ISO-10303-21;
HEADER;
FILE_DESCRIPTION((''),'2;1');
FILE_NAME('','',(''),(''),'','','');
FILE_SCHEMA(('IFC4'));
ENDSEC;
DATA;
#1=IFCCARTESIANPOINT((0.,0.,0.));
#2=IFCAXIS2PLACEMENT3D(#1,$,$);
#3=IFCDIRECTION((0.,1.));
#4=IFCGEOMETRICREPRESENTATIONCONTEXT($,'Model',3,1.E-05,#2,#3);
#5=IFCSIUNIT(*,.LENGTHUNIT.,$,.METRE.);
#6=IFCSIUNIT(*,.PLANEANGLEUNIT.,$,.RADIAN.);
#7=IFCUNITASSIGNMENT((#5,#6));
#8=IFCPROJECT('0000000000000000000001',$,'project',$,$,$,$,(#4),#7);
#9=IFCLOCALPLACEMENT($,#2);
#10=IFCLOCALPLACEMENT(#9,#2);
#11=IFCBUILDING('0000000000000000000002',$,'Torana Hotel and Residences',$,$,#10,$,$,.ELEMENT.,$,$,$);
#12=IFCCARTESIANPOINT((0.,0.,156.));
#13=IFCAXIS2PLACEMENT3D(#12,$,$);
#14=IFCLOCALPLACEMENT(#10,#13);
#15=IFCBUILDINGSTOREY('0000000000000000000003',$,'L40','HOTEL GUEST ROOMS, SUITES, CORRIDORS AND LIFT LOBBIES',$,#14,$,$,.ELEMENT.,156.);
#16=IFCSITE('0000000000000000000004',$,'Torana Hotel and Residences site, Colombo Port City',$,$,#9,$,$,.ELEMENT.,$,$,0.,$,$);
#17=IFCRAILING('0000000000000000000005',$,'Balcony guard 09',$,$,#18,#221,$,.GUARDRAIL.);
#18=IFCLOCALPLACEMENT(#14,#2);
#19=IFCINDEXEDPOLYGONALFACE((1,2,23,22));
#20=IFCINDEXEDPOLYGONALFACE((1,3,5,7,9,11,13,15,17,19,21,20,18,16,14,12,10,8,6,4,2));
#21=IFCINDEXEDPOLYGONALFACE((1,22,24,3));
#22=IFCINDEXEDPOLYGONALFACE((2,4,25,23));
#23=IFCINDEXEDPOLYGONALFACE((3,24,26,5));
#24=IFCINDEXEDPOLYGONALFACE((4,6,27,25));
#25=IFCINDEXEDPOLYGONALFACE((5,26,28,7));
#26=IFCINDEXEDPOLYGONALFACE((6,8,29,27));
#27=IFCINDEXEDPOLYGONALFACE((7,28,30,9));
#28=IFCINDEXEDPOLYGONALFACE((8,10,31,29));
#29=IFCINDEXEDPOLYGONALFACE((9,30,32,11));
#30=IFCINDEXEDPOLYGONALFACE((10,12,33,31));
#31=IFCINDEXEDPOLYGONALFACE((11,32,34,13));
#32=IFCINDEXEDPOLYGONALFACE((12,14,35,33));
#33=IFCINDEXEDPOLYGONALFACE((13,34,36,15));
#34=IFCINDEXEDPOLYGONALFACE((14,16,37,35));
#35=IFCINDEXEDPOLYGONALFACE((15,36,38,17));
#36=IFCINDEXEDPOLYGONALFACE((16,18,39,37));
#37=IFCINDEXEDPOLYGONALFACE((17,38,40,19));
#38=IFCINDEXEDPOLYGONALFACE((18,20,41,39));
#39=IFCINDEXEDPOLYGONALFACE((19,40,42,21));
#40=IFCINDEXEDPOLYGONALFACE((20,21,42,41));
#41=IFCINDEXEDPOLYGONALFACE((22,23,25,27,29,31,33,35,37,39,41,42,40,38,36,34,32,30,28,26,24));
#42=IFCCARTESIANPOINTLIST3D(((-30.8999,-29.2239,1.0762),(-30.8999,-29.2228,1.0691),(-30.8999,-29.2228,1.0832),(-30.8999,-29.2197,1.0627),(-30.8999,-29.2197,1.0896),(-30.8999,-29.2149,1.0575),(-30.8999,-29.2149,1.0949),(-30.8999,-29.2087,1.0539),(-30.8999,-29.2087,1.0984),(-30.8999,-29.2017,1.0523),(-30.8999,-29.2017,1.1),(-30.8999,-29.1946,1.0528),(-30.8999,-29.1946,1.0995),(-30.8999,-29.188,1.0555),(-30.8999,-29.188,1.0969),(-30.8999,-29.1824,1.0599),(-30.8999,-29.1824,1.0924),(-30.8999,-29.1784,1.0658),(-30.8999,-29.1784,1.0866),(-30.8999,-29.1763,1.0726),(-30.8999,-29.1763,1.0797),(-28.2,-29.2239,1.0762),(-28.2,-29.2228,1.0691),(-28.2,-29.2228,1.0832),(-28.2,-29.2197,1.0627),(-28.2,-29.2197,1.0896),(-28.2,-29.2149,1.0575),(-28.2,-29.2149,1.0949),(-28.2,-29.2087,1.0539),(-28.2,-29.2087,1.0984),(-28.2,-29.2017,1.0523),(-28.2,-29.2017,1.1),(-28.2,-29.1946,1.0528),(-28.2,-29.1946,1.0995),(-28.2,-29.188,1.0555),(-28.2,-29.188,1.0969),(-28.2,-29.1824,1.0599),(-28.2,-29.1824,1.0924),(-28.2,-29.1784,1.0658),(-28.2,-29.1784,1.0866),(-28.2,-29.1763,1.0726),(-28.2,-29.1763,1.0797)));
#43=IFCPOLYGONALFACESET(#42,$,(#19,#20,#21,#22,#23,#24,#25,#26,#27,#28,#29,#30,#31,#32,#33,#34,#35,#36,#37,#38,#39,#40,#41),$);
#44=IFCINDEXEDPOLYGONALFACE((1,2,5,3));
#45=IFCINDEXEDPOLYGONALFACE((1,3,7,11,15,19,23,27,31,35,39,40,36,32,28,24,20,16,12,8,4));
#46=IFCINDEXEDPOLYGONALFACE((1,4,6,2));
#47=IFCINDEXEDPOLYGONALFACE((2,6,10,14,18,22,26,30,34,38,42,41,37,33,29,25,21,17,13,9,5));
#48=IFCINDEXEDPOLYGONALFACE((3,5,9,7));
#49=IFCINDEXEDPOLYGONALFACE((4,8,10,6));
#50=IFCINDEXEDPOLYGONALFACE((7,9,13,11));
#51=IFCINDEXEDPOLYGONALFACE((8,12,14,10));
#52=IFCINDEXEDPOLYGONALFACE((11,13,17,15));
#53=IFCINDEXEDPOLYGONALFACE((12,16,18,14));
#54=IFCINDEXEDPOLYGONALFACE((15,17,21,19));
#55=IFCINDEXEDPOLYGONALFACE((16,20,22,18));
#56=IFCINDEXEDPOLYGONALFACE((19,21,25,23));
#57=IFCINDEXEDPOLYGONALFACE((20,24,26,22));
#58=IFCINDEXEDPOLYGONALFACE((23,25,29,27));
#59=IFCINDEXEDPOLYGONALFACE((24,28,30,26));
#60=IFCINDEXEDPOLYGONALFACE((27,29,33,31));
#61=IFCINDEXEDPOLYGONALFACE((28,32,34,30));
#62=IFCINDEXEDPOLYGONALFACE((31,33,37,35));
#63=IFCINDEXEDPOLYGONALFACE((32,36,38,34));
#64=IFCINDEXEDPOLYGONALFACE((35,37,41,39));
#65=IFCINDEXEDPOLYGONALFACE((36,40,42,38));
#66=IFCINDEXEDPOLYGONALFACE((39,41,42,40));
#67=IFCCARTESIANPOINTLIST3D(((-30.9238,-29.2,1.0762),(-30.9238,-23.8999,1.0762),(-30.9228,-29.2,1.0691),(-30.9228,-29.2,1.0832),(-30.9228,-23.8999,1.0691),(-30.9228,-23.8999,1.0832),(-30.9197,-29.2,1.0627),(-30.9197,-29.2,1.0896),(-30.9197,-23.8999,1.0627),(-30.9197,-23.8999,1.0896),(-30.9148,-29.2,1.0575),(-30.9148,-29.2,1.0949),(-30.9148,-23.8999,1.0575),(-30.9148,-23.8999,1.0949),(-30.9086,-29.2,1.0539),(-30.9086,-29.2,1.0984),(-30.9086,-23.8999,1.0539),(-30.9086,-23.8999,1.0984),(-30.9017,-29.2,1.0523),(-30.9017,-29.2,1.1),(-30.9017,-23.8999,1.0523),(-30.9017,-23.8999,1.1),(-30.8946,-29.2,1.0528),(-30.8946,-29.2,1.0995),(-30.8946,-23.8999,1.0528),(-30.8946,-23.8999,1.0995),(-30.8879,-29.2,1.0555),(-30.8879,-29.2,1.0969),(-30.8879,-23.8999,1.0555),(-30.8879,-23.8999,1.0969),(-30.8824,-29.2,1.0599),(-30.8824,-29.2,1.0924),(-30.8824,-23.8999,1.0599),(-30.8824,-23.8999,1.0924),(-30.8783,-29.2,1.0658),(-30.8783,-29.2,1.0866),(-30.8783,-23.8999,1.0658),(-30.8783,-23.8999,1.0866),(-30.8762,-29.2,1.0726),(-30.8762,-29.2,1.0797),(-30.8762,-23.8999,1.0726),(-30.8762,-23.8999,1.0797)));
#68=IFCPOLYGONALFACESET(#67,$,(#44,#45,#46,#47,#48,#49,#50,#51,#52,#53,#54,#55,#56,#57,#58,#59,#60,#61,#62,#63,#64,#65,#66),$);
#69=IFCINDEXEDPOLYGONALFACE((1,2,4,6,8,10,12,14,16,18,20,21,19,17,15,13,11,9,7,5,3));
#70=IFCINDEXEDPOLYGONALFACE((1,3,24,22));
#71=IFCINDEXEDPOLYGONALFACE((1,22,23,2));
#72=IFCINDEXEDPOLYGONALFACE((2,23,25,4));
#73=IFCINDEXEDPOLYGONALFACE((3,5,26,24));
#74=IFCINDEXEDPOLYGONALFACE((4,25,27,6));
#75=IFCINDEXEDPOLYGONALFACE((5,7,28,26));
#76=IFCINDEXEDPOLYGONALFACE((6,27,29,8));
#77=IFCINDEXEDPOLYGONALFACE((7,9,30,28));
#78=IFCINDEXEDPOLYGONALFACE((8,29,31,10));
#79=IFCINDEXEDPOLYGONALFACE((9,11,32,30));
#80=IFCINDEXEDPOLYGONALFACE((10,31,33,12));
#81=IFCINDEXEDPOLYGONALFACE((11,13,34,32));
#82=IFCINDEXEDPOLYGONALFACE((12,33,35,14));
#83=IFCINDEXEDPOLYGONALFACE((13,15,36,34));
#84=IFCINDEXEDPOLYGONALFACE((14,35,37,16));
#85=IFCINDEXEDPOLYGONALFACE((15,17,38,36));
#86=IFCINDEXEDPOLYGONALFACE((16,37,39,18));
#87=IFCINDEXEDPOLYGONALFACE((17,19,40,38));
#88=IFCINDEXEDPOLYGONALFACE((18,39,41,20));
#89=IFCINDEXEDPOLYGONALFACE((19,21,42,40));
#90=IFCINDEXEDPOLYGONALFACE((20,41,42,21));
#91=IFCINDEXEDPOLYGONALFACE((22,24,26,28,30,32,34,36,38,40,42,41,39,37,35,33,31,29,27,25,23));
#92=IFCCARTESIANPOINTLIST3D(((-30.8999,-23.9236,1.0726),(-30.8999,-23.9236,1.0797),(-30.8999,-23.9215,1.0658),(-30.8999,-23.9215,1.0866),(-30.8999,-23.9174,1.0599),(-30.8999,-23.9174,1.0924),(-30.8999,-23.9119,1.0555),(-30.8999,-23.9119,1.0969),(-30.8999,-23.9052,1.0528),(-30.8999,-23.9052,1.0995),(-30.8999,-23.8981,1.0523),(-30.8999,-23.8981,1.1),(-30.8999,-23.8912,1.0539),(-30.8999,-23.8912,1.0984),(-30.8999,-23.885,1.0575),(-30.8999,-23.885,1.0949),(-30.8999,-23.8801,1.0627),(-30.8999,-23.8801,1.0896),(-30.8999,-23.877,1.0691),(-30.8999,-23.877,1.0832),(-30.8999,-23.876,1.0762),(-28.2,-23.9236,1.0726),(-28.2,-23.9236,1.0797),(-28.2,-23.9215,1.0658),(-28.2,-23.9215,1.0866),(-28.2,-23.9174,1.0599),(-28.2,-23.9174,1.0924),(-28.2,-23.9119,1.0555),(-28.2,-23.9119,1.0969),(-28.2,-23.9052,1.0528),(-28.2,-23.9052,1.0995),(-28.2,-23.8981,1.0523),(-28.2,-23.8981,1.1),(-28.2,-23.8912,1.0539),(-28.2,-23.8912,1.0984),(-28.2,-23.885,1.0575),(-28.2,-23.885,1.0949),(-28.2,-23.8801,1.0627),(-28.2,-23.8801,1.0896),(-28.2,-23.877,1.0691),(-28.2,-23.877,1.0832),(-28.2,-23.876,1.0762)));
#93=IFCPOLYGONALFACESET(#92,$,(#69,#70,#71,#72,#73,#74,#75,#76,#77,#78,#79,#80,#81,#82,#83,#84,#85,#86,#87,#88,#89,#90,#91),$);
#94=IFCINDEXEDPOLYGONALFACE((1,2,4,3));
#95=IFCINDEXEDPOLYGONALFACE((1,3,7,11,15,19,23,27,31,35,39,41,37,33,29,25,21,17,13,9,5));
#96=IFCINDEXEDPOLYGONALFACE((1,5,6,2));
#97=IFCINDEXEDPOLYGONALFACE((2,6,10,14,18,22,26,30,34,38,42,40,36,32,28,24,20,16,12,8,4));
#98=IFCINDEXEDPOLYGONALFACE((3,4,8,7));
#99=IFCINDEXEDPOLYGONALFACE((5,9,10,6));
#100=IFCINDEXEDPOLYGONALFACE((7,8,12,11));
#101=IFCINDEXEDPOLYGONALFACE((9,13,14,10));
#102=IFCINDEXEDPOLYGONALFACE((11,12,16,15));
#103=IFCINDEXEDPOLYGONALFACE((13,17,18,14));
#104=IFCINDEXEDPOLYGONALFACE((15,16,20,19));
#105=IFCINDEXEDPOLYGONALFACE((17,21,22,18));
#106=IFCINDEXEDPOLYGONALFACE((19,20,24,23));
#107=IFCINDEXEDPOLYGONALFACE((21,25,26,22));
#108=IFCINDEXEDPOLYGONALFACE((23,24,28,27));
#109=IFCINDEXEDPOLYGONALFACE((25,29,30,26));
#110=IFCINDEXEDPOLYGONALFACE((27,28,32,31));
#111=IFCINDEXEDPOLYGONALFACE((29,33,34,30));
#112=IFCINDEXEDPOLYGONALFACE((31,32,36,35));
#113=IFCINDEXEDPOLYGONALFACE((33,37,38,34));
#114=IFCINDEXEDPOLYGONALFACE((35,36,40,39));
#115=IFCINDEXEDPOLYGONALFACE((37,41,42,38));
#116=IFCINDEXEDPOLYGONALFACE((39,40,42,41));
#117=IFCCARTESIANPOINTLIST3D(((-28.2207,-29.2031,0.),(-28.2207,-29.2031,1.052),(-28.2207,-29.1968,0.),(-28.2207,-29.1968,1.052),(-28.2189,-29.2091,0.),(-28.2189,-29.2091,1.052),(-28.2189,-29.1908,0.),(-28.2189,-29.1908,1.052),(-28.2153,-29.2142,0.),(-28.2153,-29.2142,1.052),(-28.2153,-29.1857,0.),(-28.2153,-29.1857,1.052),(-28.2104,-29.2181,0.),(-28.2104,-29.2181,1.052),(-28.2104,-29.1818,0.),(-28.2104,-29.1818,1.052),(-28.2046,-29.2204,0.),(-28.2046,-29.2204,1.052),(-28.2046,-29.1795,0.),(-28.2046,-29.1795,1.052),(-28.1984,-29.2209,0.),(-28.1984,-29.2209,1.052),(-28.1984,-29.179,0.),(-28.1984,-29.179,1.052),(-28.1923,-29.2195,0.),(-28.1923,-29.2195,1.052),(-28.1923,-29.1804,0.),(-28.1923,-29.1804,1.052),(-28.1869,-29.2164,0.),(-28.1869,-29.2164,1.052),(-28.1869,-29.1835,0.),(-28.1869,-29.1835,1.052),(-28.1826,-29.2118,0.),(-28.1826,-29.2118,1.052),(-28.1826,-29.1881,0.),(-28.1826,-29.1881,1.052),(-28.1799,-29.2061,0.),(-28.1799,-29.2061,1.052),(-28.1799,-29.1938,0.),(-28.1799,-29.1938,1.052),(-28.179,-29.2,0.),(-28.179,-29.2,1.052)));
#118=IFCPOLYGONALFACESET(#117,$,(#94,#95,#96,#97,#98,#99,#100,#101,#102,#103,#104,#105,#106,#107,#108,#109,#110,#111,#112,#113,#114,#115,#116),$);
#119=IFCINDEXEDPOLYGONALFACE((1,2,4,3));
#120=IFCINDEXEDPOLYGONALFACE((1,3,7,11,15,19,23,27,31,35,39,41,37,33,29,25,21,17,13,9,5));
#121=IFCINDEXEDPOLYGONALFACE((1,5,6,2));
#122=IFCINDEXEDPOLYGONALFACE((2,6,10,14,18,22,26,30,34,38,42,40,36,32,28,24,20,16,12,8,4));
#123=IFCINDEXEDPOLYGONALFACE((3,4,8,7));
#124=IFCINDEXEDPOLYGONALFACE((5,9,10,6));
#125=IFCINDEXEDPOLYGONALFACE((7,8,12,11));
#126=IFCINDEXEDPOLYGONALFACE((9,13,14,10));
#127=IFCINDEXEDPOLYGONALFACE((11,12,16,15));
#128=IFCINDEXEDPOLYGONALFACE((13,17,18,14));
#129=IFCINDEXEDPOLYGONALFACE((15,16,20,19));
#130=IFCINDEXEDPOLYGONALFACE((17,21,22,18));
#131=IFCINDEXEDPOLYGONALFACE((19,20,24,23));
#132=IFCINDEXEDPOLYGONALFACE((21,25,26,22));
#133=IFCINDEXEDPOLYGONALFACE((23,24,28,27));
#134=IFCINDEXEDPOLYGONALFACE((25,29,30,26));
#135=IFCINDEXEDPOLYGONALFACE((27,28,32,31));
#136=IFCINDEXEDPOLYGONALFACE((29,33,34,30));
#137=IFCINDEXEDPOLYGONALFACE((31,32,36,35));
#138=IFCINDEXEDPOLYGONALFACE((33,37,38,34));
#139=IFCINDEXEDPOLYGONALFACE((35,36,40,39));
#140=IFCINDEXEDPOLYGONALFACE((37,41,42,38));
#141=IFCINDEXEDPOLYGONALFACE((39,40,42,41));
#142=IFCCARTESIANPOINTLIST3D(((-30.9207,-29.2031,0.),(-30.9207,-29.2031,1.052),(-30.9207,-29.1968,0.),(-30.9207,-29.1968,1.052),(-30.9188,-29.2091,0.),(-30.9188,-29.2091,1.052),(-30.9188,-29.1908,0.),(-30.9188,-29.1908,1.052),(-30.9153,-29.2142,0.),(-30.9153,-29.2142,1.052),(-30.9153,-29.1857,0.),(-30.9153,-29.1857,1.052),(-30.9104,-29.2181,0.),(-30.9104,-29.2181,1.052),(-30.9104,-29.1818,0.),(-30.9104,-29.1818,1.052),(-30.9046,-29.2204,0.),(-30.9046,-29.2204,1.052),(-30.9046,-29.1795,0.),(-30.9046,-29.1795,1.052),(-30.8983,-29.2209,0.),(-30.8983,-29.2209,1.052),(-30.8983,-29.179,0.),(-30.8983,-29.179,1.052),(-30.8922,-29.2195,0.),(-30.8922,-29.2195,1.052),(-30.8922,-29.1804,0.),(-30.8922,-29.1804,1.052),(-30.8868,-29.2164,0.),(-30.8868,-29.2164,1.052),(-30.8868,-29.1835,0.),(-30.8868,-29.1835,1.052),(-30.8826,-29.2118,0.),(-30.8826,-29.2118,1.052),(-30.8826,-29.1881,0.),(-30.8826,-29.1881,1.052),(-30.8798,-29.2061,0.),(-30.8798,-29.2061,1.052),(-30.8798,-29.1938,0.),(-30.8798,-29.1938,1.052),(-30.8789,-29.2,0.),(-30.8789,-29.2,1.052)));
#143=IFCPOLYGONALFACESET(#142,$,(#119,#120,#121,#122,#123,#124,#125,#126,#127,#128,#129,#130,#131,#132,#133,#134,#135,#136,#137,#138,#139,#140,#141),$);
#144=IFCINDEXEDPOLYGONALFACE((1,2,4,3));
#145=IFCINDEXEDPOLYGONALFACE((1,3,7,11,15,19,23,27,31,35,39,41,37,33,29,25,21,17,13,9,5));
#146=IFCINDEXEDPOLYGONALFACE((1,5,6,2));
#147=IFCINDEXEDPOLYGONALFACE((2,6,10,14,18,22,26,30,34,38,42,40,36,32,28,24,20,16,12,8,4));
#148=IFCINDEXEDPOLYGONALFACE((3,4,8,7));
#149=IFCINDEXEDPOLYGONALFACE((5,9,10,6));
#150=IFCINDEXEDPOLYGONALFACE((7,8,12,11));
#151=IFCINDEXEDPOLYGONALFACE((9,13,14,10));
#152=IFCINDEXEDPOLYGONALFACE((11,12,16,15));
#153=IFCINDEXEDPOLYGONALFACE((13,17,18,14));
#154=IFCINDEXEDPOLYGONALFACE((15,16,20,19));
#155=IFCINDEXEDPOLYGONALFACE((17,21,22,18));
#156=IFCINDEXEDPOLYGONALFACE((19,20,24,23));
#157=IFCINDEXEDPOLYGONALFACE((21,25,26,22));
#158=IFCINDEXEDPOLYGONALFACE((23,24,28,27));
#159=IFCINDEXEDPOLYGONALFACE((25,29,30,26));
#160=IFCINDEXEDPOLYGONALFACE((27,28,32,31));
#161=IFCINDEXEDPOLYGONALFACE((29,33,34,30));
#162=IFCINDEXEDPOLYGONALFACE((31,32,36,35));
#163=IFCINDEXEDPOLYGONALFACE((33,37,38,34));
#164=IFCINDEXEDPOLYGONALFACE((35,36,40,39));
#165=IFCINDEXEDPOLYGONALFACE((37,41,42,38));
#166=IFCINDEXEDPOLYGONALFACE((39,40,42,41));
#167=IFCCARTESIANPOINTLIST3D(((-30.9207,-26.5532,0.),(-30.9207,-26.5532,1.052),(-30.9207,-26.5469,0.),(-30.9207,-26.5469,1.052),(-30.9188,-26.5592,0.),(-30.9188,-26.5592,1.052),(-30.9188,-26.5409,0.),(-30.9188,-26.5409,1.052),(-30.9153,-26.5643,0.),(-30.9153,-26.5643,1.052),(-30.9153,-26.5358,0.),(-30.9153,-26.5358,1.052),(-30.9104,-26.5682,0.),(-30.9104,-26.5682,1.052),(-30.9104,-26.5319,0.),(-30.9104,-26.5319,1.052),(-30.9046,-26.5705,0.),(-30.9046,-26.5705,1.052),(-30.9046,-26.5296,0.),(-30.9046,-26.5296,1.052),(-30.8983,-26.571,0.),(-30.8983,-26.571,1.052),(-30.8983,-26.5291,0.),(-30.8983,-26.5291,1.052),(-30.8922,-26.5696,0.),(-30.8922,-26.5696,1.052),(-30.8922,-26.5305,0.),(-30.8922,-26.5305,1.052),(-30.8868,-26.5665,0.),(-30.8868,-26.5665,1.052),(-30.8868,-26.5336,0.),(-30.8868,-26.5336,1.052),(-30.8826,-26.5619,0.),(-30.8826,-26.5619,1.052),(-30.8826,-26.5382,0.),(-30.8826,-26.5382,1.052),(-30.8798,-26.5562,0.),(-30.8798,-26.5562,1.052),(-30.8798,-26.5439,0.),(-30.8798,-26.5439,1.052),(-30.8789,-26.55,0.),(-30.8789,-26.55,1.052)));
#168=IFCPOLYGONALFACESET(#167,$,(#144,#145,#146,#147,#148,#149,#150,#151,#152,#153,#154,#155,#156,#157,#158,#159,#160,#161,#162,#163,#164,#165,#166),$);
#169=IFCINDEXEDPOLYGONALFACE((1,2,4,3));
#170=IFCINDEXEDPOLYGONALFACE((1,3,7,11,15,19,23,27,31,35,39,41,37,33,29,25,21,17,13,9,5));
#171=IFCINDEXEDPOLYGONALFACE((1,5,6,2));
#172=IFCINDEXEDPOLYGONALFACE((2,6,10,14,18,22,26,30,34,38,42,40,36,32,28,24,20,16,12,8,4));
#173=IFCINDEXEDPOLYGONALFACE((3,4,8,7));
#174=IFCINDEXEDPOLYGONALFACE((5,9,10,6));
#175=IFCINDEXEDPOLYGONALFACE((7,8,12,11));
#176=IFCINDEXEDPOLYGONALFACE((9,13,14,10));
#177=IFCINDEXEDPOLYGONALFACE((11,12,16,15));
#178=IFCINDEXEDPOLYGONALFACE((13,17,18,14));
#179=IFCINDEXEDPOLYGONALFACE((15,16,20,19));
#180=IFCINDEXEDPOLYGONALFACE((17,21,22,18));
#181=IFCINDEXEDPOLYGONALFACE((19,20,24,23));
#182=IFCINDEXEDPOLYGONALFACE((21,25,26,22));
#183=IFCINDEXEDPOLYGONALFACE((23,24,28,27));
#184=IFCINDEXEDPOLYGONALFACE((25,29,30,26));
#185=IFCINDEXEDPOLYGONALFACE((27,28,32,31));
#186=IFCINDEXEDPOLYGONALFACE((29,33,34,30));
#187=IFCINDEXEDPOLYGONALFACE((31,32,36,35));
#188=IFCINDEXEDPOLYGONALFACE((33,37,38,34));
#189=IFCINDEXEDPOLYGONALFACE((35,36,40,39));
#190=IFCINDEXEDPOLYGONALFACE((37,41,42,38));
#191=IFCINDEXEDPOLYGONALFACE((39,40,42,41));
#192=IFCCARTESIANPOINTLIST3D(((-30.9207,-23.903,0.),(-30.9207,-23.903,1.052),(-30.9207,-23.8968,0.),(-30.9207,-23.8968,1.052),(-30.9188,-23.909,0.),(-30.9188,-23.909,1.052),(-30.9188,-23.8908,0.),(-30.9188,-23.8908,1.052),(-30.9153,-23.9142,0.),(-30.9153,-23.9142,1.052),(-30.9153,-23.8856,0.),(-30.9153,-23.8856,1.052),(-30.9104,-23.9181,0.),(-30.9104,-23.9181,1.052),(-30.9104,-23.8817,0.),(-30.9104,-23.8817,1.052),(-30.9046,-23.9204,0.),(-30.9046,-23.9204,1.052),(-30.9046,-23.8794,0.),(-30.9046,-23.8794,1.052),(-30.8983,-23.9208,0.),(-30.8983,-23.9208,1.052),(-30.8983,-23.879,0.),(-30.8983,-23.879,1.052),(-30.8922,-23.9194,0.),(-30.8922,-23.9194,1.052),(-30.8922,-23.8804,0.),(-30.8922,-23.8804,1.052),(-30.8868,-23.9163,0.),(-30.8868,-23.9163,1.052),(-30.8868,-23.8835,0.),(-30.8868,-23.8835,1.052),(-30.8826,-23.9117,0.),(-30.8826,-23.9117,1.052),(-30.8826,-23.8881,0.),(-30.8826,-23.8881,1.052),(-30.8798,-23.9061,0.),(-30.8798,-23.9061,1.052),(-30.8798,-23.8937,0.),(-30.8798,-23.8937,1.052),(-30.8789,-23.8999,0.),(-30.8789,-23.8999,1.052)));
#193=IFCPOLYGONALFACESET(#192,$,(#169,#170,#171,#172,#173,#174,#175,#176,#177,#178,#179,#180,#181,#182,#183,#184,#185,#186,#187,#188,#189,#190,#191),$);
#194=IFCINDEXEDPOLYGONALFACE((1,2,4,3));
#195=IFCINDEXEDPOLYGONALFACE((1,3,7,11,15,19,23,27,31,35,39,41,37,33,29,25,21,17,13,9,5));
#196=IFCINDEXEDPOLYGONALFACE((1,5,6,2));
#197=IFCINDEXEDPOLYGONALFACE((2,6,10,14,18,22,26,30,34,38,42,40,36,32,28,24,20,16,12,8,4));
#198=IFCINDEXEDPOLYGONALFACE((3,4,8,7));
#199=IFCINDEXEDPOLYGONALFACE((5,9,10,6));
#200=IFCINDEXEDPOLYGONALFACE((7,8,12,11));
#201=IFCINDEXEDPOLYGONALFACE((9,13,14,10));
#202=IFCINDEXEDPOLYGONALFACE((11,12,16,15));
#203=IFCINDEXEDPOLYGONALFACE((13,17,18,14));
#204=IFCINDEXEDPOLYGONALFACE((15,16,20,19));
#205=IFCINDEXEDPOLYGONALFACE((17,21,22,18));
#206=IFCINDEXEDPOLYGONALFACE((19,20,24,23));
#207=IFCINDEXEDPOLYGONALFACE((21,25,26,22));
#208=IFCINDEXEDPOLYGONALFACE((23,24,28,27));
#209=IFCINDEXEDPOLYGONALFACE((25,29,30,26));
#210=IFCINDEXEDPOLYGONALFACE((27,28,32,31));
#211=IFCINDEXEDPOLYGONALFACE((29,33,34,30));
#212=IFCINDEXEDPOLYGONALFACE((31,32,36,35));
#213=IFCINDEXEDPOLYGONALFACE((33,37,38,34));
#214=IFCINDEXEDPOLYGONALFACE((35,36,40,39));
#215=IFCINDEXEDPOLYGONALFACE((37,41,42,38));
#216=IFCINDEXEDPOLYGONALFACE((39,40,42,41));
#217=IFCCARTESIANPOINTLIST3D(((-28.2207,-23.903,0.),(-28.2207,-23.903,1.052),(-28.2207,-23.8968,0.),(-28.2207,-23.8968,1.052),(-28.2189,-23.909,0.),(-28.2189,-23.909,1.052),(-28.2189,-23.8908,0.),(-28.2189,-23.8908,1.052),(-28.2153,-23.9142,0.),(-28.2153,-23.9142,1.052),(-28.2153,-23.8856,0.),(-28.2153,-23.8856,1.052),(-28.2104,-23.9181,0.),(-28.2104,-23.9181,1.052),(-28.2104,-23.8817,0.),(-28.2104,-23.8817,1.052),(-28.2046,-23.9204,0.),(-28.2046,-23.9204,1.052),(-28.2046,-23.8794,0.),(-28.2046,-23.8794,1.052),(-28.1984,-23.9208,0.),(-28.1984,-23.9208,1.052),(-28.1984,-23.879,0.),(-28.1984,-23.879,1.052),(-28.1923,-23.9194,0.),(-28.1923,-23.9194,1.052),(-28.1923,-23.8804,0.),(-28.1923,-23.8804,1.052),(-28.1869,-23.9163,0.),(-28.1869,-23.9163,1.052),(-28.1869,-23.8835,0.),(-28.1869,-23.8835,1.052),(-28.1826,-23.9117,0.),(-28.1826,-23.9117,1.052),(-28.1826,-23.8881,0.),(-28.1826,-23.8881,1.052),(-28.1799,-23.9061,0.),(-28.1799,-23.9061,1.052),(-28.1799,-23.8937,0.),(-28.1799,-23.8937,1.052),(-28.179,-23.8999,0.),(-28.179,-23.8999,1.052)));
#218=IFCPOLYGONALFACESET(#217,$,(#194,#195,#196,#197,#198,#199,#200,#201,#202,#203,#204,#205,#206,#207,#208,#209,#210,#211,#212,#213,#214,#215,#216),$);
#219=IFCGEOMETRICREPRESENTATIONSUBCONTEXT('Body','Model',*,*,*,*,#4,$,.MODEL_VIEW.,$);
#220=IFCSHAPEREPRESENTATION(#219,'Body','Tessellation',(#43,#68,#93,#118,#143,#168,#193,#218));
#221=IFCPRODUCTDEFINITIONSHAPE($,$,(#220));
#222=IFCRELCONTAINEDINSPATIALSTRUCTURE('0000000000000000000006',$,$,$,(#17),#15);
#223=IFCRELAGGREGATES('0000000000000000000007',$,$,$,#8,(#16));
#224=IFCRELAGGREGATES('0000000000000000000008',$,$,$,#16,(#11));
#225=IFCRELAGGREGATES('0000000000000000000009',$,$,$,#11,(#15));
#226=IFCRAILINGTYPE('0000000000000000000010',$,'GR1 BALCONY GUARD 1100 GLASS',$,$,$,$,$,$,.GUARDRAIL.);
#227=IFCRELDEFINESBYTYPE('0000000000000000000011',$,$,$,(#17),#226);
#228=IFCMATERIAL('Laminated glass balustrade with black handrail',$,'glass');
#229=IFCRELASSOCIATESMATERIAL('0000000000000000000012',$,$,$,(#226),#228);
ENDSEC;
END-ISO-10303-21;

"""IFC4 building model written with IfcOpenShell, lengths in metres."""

from ifc_helpers import new_model, si_unit, direction, frame, origin, origin_2d, place, context, subcontext, project, spatial, circle, extrude, material, type_object, element, save


model = new_model("IFC4")

# Units and contexts
model_context = context("Model", 3, precision=1e-05, world=origin(), true_north=direction((0.0, 1.0)))
body_context = subcontext(model_context, "Body", "Model", "MODEL_VIEW")
ifc_project = project(units=[si_unit("LENGTHUNIT", "METRE"), si_unit("PLANEANGLEUNIT", "RADIAN")], contexts=[model_context])

# Site, building, storey
site_placement = place(None, origin())
site = spatial("IfcSite", under=ifc_project, at=site_placement, Name="Torana Hotel and Residences site, Colombo Port City", CompositionType="ELEMENT", RefElevation=0.0)
building_placement = place(site_placement, origin())
building = spatial("IfcBuilding", under=site, at=building_placement, Name="Torana Hotel and Residences", CompositionType="ELEMENT")
storey_placement = place(building_placement, frame((0.0, 0.0, 156.0)))
storey = spatial("IfcBuildingStorey", under=building, at=storey_placement, Name="L40", Description="HOTEL GUEST ROOMS, SUITES, CORRIDORS AND LIFT LOBBIES", CompositionType="ELEMENT", Elevation=156.0)

# Railing
ifc_material_1 = material(Name="Laminated glass balustrade with black handrail", Category="glass")
railing_type = type_object("IfcRailingType", Name="GR1 BALCONY GUARD 1100 GLASS", PredefinedType="GUARDRAIL", material=ifc_material_1)
railing_placement = place(storey_placement, frame((-28.2, -29.2, 0.0)))
element("IfcRailing", 1, at=railing_placement, inside=storey, type_object=railing_type, Name="Balcony guard 09", PredefinedType="GUARDRAIL", context=body_context, shape_type="SweptSolid", body=[
    extrude(circle(Radius=0.0239, at=origin_2d()), frame((0.0, 0.0, 1.0762), z_axis=(-1.0, 0.0, 0.0), x_axis=(0.0, -1.0, 0.0)), (0.0, 0.0, 1.0), 2.7),
    extrude(circle(Radius=0.0239, at=origin_2d()), frame((-2.7, 0.0, 1.0762), z_axis=(0.0, 1.0, 0.0), x_axis=(-1.0, 0.0, 0.0)), (0.0, 0.0, 1.0), 5.3),
    extrude(circle(Radius=0.0239, at=origin_2d()), frame((-2.7, 5.3, 1.0762), z_axis=(1.0, 0.0, 0.0), x_axis=(0.0, 1.0, 0.0)), (0.0, 0.0, 1.0), 2.7),
    extrude(circle(Radius=0.021, at=origin_2d()), origin(), (0.0, 0.0, 1.0), 1.052),
    extrude(circle(Radius=0.021, at=origin_2d()), frame((-2.7, 0.0, 0.0)), (0.0, 0.0, 1.0), 1.052),
    extrude(circle(Radius=0.021, at=origin_2d()), frame((-2.7, 2.6499, 0.0)), (0.0, 0.0, 1.0), 1.052),
    extrude(circle(Radius=0.021, at=origin_2d()), frame((-2.7, 5.3, 0.0)), (0.0, 0.0, 1.0), 1.052),
    extrude(circle(Radius=0.021, at=origin_2d()), frame((0.0, 5.3, 0.0)), (0.0, 0.0, 1.0), 1.052),
])

save(model, "model.ifc")
